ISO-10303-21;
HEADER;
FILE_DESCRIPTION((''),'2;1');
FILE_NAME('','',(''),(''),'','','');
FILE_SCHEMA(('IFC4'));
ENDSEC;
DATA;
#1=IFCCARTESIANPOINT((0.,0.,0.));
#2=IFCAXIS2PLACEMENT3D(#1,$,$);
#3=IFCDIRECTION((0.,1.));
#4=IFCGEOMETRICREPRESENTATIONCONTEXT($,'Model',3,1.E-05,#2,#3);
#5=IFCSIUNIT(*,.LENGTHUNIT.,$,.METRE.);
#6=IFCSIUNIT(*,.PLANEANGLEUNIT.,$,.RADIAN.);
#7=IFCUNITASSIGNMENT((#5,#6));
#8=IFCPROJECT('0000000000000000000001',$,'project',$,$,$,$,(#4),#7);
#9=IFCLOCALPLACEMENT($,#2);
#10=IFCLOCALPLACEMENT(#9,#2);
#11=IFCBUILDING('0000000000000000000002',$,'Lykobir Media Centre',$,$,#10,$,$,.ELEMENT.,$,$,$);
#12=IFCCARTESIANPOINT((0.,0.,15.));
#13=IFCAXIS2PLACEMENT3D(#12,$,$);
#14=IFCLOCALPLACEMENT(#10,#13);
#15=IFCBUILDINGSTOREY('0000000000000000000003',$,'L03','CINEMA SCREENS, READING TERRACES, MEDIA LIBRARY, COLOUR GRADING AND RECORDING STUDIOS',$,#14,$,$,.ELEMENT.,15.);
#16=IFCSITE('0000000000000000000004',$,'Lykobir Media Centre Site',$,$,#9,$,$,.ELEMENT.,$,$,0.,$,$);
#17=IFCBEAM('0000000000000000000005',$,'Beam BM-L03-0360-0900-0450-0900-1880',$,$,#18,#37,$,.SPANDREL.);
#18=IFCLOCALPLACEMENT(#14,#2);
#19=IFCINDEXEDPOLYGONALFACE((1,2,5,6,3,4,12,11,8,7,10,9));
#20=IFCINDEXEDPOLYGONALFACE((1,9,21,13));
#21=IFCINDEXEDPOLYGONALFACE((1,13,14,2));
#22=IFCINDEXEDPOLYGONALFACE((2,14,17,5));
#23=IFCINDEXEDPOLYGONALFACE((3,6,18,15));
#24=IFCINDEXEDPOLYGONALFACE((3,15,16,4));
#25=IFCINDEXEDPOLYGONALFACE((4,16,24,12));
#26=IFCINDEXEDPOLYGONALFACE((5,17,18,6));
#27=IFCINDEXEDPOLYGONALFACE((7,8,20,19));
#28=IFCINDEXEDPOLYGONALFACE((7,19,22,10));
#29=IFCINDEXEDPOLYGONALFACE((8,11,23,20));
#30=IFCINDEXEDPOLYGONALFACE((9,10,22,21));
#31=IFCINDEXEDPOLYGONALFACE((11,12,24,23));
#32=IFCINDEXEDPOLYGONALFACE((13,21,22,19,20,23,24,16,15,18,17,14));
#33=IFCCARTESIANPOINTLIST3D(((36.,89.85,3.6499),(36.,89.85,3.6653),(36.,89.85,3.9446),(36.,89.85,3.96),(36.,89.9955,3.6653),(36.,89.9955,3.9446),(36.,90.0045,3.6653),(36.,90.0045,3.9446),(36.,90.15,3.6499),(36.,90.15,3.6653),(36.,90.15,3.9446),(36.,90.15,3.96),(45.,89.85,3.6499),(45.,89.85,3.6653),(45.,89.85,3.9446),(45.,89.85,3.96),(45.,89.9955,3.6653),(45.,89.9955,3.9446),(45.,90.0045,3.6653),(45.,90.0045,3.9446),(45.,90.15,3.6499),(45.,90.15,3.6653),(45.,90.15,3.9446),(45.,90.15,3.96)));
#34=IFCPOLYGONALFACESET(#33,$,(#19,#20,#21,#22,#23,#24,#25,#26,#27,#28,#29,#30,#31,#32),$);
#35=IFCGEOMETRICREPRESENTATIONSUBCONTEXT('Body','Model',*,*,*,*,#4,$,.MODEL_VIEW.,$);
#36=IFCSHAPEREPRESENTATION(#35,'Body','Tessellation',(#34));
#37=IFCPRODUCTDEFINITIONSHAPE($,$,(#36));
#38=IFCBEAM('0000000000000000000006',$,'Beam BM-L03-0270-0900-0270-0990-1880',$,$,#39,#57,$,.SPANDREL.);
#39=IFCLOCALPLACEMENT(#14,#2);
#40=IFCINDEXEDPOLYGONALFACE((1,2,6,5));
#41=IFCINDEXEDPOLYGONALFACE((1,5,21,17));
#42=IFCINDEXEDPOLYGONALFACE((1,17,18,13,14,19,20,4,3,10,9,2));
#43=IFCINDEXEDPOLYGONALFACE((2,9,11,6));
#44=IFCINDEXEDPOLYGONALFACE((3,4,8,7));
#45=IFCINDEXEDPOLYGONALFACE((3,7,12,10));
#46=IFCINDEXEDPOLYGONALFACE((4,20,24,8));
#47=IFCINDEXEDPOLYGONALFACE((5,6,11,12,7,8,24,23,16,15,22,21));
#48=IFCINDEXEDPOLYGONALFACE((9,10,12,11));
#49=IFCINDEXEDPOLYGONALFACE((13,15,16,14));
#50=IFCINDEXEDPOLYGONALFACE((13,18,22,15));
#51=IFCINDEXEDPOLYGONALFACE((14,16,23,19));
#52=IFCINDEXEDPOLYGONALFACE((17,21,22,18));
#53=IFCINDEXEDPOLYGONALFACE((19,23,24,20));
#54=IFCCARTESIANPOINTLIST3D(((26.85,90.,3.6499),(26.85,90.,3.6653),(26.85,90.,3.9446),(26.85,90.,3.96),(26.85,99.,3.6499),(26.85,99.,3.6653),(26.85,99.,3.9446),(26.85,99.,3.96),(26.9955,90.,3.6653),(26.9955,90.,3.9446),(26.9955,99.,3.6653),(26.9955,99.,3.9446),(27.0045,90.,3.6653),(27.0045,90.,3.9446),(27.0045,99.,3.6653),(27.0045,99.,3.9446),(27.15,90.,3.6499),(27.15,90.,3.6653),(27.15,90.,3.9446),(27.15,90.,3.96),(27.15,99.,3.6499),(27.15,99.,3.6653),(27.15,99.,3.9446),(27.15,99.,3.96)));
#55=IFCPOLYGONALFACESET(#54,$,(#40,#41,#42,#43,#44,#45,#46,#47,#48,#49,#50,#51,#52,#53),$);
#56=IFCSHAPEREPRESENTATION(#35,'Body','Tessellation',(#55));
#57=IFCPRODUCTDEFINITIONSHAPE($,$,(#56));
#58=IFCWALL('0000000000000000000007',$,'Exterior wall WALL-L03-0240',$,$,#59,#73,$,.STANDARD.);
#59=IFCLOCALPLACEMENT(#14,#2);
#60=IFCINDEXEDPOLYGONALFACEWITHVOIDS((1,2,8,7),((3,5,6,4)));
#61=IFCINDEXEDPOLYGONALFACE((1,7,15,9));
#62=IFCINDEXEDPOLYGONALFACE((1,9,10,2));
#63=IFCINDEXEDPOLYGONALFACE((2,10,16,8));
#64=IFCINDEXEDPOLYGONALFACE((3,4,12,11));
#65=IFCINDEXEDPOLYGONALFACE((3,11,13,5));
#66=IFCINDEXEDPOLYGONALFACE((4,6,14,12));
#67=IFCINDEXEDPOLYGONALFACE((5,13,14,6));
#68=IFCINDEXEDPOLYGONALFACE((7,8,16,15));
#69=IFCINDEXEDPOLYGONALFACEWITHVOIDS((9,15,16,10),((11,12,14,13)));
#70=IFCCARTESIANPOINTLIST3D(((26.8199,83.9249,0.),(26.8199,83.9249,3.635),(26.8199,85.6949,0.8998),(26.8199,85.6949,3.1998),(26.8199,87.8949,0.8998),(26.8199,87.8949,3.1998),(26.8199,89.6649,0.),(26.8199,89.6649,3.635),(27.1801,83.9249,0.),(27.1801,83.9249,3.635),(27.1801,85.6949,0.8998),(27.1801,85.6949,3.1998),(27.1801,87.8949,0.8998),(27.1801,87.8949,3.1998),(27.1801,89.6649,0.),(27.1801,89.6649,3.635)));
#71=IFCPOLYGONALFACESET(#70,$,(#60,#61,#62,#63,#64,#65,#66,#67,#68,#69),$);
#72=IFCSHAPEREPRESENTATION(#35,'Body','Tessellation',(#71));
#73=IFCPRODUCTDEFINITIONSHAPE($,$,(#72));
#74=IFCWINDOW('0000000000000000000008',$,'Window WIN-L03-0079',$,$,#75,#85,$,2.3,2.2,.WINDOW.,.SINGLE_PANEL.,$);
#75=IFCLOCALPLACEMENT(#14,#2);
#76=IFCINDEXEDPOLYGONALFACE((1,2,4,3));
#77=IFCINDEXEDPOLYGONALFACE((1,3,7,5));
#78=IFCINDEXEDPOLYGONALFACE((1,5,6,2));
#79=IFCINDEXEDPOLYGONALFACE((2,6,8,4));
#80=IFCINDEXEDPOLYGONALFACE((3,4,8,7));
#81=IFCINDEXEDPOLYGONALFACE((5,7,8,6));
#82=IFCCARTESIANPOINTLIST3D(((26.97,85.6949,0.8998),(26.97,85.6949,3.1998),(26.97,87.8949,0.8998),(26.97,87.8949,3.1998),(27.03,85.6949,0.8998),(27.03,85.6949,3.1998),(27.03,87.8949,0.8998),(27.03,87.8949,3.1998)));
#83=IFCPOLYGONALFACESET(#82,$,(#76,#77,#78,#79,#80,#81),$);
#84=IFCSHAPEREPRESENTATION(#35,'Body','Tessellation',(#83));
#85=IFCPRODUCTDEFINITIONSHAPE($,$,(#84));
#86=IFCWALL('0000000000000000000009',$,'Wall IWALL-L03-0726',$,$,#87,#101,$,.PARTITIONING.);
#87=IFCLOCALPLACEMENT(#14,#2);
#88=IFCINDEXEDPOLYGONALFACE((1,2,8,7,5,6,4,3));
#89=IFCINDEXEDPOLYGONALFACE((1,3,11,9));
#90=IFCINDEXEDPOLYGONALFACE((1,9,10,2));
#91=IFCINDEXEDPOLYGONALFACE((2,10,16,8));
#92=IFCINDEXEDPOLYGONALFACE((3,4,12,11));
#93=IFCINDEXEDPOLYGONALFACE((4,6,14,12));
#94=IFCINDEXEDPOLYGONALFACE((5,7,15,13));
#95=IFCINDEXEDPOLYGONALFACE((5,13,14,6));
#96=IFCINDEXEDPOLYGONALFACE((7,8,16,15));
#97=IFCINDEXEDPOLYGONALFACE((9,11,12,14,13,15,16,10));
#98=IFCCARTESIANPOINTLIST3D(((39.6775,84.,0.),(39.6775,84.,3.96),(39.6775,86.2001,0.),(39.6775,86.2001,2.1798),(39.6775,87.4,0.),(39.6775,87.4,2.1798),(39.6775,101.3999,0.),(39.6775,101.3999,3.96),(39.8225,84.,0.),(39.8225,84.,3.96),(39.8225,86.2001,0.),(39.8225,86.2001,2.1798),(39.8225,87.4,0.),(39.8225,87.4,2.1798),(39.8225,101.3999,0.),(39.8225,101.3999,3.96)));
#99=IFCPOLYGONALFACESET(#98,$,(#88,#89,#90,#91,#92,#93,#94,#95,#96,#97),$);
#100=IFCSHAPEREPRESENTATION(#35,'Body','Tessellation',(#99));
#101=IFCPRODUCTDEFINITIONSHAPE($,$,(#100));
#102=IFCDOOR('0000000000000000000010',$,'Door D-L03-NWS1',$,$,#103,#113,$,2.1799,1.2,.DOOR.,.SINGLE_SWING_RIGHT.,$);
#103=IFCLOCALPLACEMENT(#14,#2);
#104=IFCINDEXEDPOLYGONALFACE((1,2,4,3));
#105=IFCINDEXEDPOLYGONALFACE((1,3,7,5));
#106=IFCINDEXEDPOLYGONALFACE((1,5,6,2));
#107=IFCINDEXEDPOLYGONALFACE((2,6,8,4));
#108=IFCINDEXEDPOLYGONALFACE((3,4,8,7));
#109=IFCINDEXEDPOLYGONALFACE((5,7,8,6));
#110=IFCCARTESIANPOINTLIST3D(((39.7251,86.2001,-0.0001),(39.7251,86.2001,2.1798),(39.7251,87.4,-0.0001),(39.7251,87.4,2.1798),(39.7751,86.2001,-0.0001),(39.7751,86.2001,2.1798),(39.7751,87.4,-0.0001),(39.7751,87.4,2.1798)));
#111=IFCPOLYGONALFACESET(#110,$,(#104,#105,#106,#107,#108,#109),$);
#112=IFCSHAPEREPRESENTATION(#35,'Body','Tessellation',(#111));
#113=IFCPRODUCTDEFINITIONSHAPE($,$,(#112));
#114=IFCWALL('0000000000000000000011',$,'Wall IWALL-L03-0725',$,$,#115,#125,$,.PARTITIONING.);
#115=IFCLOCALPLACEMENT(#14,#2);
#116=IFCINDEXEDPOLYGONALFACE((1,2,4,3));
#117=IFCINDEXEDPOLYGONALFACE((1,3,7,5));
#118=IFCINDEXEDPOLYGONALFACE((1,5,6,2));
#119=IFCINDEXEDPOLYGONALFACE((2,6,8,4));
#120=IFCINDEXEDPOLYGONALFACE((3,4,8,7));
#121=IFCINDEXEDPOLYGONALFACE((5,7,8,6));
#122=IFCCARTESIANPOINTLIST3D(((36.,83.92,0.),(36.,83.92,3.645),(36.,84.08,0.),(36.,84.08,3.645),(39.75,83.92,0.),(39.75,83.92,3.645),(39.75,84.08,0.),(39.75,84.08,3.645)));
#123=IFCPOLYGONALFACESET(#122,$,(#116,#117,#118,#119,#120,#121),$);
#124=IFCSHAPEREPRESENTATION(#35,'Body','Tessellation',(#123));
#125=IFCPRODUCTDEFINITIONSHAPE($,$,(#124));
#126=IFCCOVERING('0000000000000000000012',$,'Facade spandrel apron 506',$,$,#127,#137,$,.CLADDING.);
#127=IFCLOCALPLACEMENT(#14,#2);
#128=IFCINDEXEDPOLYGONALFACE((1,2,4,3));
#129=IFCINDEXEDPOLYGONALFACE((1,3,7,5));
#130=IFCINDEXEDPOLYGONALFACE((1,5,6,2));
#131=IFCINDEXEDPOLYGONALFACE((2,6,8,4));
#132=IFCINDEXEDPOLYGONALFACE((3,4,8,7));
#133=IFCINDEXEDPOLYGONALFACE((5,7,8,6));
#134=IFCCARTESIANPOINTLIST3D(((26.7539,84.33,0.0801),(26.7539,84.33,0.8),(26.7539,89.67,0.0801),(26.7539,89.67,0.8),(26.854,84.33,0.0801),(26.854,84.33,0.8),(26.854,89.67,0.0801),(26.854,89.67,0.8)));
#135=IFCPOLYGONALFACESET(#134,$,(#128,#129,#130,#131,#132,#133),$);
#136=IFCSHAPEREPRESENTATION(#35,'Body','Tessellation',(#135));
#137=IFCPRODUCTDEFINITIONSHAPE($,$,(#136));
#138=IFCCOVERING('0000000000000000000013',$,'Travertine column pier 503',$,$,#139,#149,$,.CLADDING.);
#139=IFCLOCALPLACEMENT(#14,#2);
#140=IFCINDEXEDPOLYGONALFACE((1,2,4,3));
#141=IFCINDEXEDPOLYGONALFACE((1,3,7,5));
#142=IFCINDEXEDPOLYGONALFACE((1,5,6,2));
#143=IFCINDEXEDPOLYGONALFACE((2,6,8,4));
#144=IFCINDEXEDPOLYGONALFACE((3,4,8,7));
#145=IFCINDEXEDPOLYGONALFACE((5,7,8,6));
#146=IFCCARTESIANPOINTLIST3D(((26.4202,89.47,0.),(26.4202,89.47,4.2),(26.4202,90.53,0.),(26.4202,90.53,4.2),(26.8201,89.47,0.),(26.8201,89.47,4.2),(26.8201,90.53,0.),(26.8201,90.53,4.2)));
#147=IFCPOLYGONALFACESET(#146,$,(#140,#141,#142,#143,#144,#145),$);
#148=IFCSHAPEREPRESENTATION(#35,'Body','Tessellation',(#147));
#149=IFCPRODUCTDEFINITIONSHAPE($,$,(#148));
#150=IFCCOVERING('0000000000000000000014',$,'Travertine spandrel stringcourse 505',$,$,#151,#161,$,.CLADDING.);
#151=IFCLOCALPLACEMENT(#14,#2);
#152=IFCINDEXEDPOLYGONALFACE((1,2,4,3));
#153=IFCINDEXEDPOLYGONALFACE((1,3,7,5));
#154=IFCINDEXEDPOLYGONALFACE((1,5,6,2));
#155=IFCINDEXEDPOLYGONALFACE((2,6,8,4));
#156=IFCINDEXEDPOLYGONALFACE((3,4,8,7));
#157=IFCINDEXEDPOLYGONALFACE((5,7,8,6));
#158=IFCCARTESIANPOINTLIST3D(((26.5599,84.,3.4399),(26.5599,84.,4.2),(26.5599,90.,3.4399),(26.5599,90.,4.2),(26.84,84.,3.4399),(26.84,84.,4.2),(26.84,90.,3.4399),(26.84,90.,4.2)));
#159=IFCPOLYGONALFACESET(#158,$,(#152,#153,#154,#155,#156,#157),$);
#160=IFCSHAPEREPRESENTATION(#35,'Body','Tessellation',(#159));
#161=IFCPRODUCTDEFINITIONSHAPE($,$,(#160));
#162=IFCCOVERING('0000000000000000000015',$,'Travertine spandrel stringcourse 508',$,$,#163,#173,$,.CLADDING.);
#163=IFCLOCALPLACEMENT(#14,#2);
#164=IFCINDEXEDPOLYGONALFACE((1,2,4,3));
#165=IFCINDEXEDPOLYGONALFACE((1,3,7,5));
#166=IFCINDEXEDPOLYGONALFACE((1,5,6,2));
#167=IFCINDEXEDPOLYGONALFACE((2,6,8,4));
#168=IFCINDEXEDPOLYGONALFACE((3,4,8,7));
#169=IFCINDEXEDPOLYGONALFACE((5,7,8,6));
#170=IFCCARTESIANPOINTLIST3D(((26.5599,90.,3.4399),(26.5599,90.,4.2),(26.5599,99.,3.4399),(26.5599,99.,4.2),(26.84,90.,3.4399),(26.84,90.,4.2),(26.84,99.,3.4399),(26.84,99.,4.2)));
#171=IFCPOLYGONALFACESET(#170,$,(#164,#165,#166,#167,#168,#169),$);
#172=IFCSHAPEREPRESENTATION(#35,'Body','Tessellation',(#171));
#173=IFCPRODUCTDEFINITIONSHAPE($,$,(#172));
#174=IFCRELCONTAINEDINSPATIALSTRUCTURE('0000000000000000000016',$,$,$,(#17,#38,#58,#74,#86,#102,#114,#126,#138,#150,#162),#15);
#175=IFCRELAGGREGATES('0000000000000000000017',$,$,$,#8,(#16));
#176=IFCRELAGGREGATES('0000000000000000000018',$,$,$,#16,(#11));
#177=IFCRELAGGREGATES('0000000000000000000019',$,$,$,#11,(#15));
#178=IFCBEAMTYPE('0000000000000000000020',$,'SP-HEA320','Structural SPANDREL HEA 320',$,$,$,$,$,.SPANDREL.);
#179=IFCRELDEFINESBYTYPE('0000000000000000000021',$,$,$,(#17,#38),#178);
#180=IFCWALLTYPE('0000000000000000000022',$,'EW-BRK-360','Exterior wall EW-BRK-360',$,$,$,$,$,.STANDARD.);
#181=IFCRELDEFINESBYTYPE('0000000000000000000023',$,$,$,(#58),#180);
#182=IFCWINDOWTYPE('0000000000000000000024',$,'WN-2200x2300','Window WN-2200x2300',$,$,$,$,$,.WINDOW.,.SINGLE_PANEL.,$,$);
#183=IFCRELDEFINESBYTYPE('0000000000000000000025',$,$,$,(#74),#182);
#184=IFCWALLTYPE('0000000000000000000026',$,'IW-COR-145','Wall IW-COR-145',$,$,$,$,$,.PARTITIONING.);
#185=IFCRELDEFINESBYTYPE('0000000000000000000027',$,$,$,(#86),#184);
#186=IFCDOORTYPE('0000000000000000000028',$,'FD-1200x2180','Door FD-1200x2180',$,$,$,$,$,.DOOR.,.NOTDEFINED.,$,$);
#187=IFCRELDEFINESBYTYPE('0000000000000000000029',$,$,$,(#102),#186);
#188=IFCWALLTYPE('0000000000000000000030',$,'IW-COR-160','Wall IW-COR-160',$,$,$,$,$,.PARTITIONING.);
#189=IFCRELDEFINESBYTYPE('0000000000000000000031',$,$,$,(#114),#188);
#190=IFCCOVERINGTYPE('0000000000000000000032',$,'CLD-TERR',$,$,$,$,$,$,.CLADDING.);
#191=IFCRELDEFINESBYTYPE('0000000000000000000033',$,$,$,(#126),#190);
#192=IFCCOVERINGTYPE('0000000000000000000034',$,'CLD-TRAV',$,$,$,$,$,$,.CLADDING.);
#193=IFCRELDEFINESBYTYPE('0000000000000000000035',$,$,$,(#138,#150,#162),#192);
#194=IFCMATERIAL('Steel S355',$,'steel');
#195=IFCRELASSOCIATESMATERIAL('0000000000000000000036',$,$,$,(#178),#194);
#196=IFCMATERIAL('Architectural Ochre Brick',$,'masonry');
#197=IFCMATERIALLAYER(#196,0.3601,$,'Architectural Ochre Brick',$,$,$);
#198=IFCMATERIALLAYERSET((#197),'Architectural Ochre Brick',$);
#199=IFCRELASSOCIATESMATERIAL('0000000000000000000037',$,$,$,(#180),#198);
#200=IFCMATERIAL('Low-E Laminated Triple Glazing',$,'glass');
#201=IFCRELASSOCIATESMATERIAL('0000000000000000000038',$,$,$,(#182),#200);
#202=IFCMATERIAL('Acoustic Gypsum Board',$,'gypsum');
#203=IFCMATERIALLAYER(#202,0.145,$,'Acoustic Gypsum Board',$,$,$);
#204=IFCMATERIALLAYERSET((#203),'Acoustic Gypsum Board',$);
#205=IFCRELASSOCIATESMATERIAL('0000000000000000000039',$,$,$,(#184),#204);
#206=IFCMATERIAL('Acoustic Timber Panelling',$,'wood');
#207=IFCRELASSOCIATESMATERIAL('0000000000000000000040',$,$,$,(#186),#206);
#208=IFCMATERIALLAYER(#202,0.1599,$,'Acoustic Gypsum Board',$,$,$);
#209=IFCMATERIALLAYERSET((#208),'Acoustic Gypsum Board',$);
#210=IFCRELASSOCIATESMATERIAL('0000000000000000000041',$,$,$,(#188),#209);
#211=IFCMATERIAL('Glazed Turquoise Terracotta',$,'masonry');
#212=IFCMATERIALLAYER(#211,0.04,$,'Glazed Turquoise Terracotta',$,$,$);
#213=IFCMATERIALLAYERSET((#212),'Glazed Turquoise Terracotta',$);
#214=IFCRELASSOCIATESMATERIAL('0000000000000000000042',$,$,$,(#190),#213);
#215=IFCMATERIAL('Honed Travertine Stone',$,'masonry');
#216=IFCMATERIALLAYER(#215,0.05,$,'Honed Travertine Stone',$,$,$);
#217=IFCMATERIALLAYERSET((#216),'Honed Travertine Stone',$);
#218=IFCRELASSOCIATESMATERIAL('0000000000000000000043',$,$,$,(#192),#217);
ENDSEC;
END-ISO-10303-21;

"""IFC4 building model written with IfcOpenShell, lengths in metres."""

from ifc_helpers import new_model, si_unit, direction, frame, frame_2d, origin, origin_2d, place, context, subcontext, project, spatial, rectangle, i_section, extrude, material, layer, layer_set, material_profile, profile_set, type_object, element, fill, save


model = new_model("IFC4")

# Units and contexts
model_context = context("Model", 3, precision=1e-05, world=origin(), true_north=direction((0.0, 1.0)))
body_context = subcontext(model_context, "Body", "Model", "MODEL_VIEW")
ifc_project = project(units=[si_unit("LENGTHUNIT", "METRE"), si_unit("PLANEANGLEUNIT", "RADIAN")], contexts=[model_context])

# Site, building, storey
site_placement = place(None, origin())
site = spatial("IfcSite", under=ifc_project, at=site_placement, Name="Lykobir Media Centre Site", CompositionType="ELEMENT", RefElevation=0.0)
building_placement = place(site_placement, origin())
building = spatial("IfcBuilding", under=site, at=building_placement, Name="Lykobir Media Centre", CompositionType="ELEMENT")
storey_placement = place(building_placement, frame((0.0, 0.0, 15.0)))
storey = spatial("IfcBuildingStorey", under=building, at=storey_placement, Name="L03", Description="CINEMA SCREENS, READING TERRACES, MEDIA LIBRARY, COLOUR GRADING AND RECORDING STUDIOS", CompositionType="ELEMENT", Elevation=15.0)

# Shared definitions
ifc_material_1 = material(Name="Steel S355", Category="steel")

# Beams
ifc_material_profile_1 = material_profile(ifc_material_1, i_section(OverallWidth=0.3, OverallDepth=0.3101, WebThickness=0.009, FlangeThickness=0.0154, at=origin_2d()), Name="HEA 320")
ifc_profile_set_1 = profile_set([ifc_material_profile_1], Name="Steel S355")
beam_type_1 = type_object("IfcBeamType", Name="SP-HEA320", Description="Structural SPANDREL HEA 320", PredefinedType="SPANDREL", material=ifc_profile_set_1)
for number, where, z_axis, x_axis, name in (
    (1, (36.0, 90.0, 3.8049), (1.0, 0.0, 0.0), (0.0, 1.0, 0.0), "Beam BM-L03-0360-0900-0450-0900-1880"),
    (2, (27.0, 90.0, 3.8049), (0.0, 1.0, 0.0), (-1.0, 0.0, 0.0), "Beam BM-L03-0270-0900-0270-0990-1880"),
):
    element("IfcBeam", number, at=place(storey_placement, frame(where, z_axis=z_axis, x_axis=x_axis)), inside=storey, type_object=beam_type_1, Name=name, PredefinedType="SPANDREL", context=body_context, shape_type="SweptSolid", body=[
        extrude(i_section(OverallWidth=0.3, OverallDepth=0.3101, WebThickness=0.009, FlangeThickness=0.0154, at=origin_2d()), origin(), (0.0, 0.0, 1.0), 9.0),
    ])

# Wall, opening, window
ifc_material_2 = material(Name="Architectural Ochre Brick", Category="masonry")
ifc_layer_1 = layer(ifc_material_2, 0.3601, Name="Architectural Ochre Brick")
ifc_layer_set_1 = layer_set([ifc_layer_1], Name="Architectural Ochre Brick")
wall_type_1 = type_object("IfcWallType", Name="EW-BRK-360", Description="Exterior wall EW-BRK-360", PredefinedType="STANDARD", material=ifc_layer_set_1)
wall_1_placement = place(storey_placement, frame((27.0, 89.665, 0.0), z_axis=(0.0, 0.0, 1.0), x_axis=(0.0, -1.0, 0.0)))
wall_1 = element("IfcWall", 3, at=wall_1_placement, inside=storey, type_object=wall_type_1, Name="Exterior wall WALL-L03-0240", PredefinedType="STANDARD", context=body_context, shape_type="SweptSolid", body=[
    extrude(rectangle(XDim=5.74, YDim=0.3601, at=frame_2d((2.8701, 0.0))), origin(), (0.0, 0.0, 1.0), 3.635),
])
opening_1_placement = place(wall_1_placement, frame((1.77, 0.0, 0.8999)))
opening_1 = element("IfcOpeningElement", 4, at=opening_1_placement, cuts=wall_1, PredefinedType="OPENING", context=body_context, shape_type="SweptSolid", body=[
    extrude(rectangle(XDim=2.2, YDim=2.3, at=frame_2d((1.1001, 1.1499))), frame((0.0, 0.1899, 0.0), z_axis=(0.0, -1.0, 0.0), x_axis=(1.0, 0.0, 0.0)), (0.0, 0.0, 1.0), 0.3801),
])
ifc_material_3 = material(Name="Low-E Laminated Triple Glazing", Category="glass")
window_type = type_object("IfcWindowType", Name="WN-2200x2300", Description="Window WN-2200x2300", PartitioningType="SINGLE_PANEL", PredefinedType="WINDOW", material=ifc_material_3)
window_placement = place(opening_1_placement, origin())
window = element("IfcWindow", 5, at=window_placement, inside=storey, type_object=window_type, Name="Window WIN-L03-0079", OverallHeight=2.3, OverallWidth=2.2, PartitioningType="SINGLE_PANEL", PredefinedType="WINDOW", context=body_context, shape_type="SweptSolid", body=[
    extrude(rectangle(XDim=2.2, YDim=2.3, at=frame_2d((1.1001, 1.1499))), frame((0.0, 0.03, 0.0), z_axis=(0.0, -1.0, 0.0), x_axis=(1.0, 0.0, 0.0)), (0.0, 0.0, 1.0), 0.0601),
])
fill(opening_1, window)

# Wall, opening, door
ifc_material_4 = material(Name="Acoustic Gypsum Board", Category="gypsum")
ifc_layer_2 = layer(ifc_material_4, 0.145, Name="Acoustic Gypsum Board")
ifc_layer_set_2 = layer_set([ifc_layer_2], Name="Acoustic Gypsum Board")
wall_type_2 = type_object("IfcWallType", Name="IW-COR-145", Description="Wall IW-COR-145", PredefinedType="PARTITIONING", material=ifc_layer_set_2)
wall_2_placement = place(storey_placement, frame((39.75, 84.0, 0.0), z_axis=(0.0, 0.0, 1.0), x_axis=(0.0, 1.0, 0.0)))
wall_2 = element("IfcWall", 6, at=wall_2_placement, inside=storey, type_object=wall_type_2, Name="Wall IWALL-L03-0726", PredefinedType="PARTITIONING", context=body_context, shape_type="SweptSolid", body=[
    extrude(rectangle(XDim=17.3999, YDim=0.145, at=frame_2d((8.7, 0.0))), origin(), (0.0, 0.0, 1.0), 3.96),
])
opening_2_placement = place(wall_2_placement, frame((2.2, 0.0, 0.0)))
opening_2 = element("IfcOpeningElement", 7, at=opening_2_placement, cuts=wall_2, PredefinedType="OPENING", context=body_context, shape_type="SweptSolid", body=[
    extrude(rectangle(XDim=1.2, YDim=2.1799, at=frame_2d((0.6001, 1.0898))), frame((0.0, 0.0825, 0.0), z_axis=(0.0, -1.0, 0.0), x_axis=(1.0, 0.0, 0.0)), (0.0, 0.0, 1.0), 0.165),
])
ifc_material_5 = material(Name="Acoustic Timber Panelling", Category="wood")
door_type = type_object("IfcDoorType", Name="FD-1200x2180", Description="Door FD-1200x2180", OperationType="NOTDEFINED", PredefinedType="DOOR", material=ifc_material_5)
door_placement = place(opening_2_placement, origin())
door = element("IfcDoor", 8, at=door_placement, inside=storey, type_object=door_type, Name="Door D-L03-NWS1", OperationType="SINGLE_SWING_RIGHT", OverallHeight=2.1799, OverallWidth=1.2, PredefinedType="DOOR", context=body_context, shape_type="SweptSolid", body=[
    extrude(rectangle(XDim=1.2, YDim=2.1799, at=frame_2d((0.6001, 1.0898))), frame((0.0, 0.0249, 0.0), z_axis=(0.0, -1.0, 0.0), x_axis=(1.0, 0.0, 0.0)), (0.0, 0.0, 1.0), 0.05),
])
fill(opening_2, door)

# Wall
ifc_layer_3 = layer(ifc_material_4, 0.1599, Name="Acoustic Gypsum Board")
ifc_layer_set_3 = layer_set([ifc_layer_3], Name="Acoustic Gypsum Board")
wall_type_3 = type_object("IfcWallType", Name="IW-COR-160", Description="Wall IW-COR-160", PredefinedType="PARTITIONING", material=ifc_layer_set_3)
wall_3_placement = place(storey_placement, frame((36.0, 84.0, 0.0), z_axis=(0.0, 0.0, 1.0), x_axis=(1.0, 0.0, 0.0)))
element("IfcWall", 9, at=wall_3_placement, inside=storey, type_object=wall_type_3, Name="Wall IWALL-L03-0725", PredefinedType="PARTITIONING", context=body_context, shape_type="SweptSolid", body=[
    extrude(rectangle(XDim=3.75, YDim=0.1599, at=frame_2d((1.875, 0.0))), origin(), (0.0, 0.0, 1.0), 3.645),
])

# Coverings
ifc_material_6 = material(Name="Glazed Turquoise Terracotta", Category="masonry")
ifc_layer_4 = layer(ifc_material_6, 0.04, Name="Glazed Turquoise Terracotta")
ifc_layer_set_4 = layer_set([ifc_layer_4], Name="Glazed Turquoise Terracotta")
covering_type_1 = type_object("IfcCoveringType", Name="CLD-TERR", PredefinedType="CLADDING", material=ifc_layer_set_4)
covering_1_placement = place(storey_placement, frame((26.804, 87.0, 0.0801), z_axis=(0.0, 0.0, 1.0), x_axis=(0.0, -1.0, 0.0)))
element("IfcCovering", 10, at=covering_1_placement, inside=storey, type_object=covering_type_1, Name="Facade spandrel apron 506", PredefinedType="CLADDING", context=body_context, shape_type="SweptSolid", body=[
    extrude(rectangle(XDim=5.3401, YDim=0.1001, at=origin_2d()), origin(), (0.0, 0.0, 1.0), 0.72),
])
ifc_material_7 = material(Name="Honed Travertine Stone", Category="masonry")
ifc_layer_5 = layer(ifc_material_7, 0.05, Name="Honed Travertine Stone")
ifc_layer_set_5 = layer_set([ifc_layer_5], Name="Honed Travertine Stone")
covering_type_2 = type_object("IfcCoveringType", Name="CLD-TRAV", PredefinedType="CLADDING", material=ifc_layer_set_5)
covering_2_placement = place(storey_placement, frame((26.6201, 90.0, 0.0), z_axis=(0.0, 0.0, 1.0), x_axis=(0.0, -1.0, 0.0)))
element("IfcCovering", 11, at=covering_2_placement, inside=storey, type_object=covering_type_2, Name="Travertine column pier 503", PredefinedType="CLADDING", context=body_context, shape_type="SweptSolid", body=[
    extrude(rectangle(XDim=1.0601, YDim=0.3999, at=origin_2d()), origin(), (0.0, 0.0, 1.0), 4.2),
])
covering_3_placement = place(storey_placement, frame((26.7, 87.0, 3.4399), z_axis=(0.0, 0.0, 1.0), x_axis=(0.0, -1.0, 0.0)))
element("IfcCovering", 12, at=covering_3_placement, inside=storey, type_object=covering_type_2, Name="Travertine spandrel stringcourse 505", PredefinedType="CLADDING", context=body_context, shape_type="SweptSolid", body=[
    extrude(rectangle(XDim=6.0, YDim=0.28, at=origin_2d()), origin(), (0.0, 0.0, 1.0), 0.76),
])
covering_4_placement = place(storey_placement, frame((26.7, 94.5, 3.4399), z_axis=(0.0, 0.0, 1.0), x_axis=(0.0, -1.0, 0.0)))
element("IfcCovering", 13, at=covering_4_placement, inside=storey, type_object=covering_type_2, Name="Travertine spandrel stringcourse 508", PredefinedType="CLADDING", context=body_context, shape_type="SweptSolid", body=[
    extrude(rectangle(XDim=9.0, YDim=0.28, at=origin_2d()), origin(), (0.0, 0.0, 1.0), 0.76),
])

save(model, "model.ifc")
